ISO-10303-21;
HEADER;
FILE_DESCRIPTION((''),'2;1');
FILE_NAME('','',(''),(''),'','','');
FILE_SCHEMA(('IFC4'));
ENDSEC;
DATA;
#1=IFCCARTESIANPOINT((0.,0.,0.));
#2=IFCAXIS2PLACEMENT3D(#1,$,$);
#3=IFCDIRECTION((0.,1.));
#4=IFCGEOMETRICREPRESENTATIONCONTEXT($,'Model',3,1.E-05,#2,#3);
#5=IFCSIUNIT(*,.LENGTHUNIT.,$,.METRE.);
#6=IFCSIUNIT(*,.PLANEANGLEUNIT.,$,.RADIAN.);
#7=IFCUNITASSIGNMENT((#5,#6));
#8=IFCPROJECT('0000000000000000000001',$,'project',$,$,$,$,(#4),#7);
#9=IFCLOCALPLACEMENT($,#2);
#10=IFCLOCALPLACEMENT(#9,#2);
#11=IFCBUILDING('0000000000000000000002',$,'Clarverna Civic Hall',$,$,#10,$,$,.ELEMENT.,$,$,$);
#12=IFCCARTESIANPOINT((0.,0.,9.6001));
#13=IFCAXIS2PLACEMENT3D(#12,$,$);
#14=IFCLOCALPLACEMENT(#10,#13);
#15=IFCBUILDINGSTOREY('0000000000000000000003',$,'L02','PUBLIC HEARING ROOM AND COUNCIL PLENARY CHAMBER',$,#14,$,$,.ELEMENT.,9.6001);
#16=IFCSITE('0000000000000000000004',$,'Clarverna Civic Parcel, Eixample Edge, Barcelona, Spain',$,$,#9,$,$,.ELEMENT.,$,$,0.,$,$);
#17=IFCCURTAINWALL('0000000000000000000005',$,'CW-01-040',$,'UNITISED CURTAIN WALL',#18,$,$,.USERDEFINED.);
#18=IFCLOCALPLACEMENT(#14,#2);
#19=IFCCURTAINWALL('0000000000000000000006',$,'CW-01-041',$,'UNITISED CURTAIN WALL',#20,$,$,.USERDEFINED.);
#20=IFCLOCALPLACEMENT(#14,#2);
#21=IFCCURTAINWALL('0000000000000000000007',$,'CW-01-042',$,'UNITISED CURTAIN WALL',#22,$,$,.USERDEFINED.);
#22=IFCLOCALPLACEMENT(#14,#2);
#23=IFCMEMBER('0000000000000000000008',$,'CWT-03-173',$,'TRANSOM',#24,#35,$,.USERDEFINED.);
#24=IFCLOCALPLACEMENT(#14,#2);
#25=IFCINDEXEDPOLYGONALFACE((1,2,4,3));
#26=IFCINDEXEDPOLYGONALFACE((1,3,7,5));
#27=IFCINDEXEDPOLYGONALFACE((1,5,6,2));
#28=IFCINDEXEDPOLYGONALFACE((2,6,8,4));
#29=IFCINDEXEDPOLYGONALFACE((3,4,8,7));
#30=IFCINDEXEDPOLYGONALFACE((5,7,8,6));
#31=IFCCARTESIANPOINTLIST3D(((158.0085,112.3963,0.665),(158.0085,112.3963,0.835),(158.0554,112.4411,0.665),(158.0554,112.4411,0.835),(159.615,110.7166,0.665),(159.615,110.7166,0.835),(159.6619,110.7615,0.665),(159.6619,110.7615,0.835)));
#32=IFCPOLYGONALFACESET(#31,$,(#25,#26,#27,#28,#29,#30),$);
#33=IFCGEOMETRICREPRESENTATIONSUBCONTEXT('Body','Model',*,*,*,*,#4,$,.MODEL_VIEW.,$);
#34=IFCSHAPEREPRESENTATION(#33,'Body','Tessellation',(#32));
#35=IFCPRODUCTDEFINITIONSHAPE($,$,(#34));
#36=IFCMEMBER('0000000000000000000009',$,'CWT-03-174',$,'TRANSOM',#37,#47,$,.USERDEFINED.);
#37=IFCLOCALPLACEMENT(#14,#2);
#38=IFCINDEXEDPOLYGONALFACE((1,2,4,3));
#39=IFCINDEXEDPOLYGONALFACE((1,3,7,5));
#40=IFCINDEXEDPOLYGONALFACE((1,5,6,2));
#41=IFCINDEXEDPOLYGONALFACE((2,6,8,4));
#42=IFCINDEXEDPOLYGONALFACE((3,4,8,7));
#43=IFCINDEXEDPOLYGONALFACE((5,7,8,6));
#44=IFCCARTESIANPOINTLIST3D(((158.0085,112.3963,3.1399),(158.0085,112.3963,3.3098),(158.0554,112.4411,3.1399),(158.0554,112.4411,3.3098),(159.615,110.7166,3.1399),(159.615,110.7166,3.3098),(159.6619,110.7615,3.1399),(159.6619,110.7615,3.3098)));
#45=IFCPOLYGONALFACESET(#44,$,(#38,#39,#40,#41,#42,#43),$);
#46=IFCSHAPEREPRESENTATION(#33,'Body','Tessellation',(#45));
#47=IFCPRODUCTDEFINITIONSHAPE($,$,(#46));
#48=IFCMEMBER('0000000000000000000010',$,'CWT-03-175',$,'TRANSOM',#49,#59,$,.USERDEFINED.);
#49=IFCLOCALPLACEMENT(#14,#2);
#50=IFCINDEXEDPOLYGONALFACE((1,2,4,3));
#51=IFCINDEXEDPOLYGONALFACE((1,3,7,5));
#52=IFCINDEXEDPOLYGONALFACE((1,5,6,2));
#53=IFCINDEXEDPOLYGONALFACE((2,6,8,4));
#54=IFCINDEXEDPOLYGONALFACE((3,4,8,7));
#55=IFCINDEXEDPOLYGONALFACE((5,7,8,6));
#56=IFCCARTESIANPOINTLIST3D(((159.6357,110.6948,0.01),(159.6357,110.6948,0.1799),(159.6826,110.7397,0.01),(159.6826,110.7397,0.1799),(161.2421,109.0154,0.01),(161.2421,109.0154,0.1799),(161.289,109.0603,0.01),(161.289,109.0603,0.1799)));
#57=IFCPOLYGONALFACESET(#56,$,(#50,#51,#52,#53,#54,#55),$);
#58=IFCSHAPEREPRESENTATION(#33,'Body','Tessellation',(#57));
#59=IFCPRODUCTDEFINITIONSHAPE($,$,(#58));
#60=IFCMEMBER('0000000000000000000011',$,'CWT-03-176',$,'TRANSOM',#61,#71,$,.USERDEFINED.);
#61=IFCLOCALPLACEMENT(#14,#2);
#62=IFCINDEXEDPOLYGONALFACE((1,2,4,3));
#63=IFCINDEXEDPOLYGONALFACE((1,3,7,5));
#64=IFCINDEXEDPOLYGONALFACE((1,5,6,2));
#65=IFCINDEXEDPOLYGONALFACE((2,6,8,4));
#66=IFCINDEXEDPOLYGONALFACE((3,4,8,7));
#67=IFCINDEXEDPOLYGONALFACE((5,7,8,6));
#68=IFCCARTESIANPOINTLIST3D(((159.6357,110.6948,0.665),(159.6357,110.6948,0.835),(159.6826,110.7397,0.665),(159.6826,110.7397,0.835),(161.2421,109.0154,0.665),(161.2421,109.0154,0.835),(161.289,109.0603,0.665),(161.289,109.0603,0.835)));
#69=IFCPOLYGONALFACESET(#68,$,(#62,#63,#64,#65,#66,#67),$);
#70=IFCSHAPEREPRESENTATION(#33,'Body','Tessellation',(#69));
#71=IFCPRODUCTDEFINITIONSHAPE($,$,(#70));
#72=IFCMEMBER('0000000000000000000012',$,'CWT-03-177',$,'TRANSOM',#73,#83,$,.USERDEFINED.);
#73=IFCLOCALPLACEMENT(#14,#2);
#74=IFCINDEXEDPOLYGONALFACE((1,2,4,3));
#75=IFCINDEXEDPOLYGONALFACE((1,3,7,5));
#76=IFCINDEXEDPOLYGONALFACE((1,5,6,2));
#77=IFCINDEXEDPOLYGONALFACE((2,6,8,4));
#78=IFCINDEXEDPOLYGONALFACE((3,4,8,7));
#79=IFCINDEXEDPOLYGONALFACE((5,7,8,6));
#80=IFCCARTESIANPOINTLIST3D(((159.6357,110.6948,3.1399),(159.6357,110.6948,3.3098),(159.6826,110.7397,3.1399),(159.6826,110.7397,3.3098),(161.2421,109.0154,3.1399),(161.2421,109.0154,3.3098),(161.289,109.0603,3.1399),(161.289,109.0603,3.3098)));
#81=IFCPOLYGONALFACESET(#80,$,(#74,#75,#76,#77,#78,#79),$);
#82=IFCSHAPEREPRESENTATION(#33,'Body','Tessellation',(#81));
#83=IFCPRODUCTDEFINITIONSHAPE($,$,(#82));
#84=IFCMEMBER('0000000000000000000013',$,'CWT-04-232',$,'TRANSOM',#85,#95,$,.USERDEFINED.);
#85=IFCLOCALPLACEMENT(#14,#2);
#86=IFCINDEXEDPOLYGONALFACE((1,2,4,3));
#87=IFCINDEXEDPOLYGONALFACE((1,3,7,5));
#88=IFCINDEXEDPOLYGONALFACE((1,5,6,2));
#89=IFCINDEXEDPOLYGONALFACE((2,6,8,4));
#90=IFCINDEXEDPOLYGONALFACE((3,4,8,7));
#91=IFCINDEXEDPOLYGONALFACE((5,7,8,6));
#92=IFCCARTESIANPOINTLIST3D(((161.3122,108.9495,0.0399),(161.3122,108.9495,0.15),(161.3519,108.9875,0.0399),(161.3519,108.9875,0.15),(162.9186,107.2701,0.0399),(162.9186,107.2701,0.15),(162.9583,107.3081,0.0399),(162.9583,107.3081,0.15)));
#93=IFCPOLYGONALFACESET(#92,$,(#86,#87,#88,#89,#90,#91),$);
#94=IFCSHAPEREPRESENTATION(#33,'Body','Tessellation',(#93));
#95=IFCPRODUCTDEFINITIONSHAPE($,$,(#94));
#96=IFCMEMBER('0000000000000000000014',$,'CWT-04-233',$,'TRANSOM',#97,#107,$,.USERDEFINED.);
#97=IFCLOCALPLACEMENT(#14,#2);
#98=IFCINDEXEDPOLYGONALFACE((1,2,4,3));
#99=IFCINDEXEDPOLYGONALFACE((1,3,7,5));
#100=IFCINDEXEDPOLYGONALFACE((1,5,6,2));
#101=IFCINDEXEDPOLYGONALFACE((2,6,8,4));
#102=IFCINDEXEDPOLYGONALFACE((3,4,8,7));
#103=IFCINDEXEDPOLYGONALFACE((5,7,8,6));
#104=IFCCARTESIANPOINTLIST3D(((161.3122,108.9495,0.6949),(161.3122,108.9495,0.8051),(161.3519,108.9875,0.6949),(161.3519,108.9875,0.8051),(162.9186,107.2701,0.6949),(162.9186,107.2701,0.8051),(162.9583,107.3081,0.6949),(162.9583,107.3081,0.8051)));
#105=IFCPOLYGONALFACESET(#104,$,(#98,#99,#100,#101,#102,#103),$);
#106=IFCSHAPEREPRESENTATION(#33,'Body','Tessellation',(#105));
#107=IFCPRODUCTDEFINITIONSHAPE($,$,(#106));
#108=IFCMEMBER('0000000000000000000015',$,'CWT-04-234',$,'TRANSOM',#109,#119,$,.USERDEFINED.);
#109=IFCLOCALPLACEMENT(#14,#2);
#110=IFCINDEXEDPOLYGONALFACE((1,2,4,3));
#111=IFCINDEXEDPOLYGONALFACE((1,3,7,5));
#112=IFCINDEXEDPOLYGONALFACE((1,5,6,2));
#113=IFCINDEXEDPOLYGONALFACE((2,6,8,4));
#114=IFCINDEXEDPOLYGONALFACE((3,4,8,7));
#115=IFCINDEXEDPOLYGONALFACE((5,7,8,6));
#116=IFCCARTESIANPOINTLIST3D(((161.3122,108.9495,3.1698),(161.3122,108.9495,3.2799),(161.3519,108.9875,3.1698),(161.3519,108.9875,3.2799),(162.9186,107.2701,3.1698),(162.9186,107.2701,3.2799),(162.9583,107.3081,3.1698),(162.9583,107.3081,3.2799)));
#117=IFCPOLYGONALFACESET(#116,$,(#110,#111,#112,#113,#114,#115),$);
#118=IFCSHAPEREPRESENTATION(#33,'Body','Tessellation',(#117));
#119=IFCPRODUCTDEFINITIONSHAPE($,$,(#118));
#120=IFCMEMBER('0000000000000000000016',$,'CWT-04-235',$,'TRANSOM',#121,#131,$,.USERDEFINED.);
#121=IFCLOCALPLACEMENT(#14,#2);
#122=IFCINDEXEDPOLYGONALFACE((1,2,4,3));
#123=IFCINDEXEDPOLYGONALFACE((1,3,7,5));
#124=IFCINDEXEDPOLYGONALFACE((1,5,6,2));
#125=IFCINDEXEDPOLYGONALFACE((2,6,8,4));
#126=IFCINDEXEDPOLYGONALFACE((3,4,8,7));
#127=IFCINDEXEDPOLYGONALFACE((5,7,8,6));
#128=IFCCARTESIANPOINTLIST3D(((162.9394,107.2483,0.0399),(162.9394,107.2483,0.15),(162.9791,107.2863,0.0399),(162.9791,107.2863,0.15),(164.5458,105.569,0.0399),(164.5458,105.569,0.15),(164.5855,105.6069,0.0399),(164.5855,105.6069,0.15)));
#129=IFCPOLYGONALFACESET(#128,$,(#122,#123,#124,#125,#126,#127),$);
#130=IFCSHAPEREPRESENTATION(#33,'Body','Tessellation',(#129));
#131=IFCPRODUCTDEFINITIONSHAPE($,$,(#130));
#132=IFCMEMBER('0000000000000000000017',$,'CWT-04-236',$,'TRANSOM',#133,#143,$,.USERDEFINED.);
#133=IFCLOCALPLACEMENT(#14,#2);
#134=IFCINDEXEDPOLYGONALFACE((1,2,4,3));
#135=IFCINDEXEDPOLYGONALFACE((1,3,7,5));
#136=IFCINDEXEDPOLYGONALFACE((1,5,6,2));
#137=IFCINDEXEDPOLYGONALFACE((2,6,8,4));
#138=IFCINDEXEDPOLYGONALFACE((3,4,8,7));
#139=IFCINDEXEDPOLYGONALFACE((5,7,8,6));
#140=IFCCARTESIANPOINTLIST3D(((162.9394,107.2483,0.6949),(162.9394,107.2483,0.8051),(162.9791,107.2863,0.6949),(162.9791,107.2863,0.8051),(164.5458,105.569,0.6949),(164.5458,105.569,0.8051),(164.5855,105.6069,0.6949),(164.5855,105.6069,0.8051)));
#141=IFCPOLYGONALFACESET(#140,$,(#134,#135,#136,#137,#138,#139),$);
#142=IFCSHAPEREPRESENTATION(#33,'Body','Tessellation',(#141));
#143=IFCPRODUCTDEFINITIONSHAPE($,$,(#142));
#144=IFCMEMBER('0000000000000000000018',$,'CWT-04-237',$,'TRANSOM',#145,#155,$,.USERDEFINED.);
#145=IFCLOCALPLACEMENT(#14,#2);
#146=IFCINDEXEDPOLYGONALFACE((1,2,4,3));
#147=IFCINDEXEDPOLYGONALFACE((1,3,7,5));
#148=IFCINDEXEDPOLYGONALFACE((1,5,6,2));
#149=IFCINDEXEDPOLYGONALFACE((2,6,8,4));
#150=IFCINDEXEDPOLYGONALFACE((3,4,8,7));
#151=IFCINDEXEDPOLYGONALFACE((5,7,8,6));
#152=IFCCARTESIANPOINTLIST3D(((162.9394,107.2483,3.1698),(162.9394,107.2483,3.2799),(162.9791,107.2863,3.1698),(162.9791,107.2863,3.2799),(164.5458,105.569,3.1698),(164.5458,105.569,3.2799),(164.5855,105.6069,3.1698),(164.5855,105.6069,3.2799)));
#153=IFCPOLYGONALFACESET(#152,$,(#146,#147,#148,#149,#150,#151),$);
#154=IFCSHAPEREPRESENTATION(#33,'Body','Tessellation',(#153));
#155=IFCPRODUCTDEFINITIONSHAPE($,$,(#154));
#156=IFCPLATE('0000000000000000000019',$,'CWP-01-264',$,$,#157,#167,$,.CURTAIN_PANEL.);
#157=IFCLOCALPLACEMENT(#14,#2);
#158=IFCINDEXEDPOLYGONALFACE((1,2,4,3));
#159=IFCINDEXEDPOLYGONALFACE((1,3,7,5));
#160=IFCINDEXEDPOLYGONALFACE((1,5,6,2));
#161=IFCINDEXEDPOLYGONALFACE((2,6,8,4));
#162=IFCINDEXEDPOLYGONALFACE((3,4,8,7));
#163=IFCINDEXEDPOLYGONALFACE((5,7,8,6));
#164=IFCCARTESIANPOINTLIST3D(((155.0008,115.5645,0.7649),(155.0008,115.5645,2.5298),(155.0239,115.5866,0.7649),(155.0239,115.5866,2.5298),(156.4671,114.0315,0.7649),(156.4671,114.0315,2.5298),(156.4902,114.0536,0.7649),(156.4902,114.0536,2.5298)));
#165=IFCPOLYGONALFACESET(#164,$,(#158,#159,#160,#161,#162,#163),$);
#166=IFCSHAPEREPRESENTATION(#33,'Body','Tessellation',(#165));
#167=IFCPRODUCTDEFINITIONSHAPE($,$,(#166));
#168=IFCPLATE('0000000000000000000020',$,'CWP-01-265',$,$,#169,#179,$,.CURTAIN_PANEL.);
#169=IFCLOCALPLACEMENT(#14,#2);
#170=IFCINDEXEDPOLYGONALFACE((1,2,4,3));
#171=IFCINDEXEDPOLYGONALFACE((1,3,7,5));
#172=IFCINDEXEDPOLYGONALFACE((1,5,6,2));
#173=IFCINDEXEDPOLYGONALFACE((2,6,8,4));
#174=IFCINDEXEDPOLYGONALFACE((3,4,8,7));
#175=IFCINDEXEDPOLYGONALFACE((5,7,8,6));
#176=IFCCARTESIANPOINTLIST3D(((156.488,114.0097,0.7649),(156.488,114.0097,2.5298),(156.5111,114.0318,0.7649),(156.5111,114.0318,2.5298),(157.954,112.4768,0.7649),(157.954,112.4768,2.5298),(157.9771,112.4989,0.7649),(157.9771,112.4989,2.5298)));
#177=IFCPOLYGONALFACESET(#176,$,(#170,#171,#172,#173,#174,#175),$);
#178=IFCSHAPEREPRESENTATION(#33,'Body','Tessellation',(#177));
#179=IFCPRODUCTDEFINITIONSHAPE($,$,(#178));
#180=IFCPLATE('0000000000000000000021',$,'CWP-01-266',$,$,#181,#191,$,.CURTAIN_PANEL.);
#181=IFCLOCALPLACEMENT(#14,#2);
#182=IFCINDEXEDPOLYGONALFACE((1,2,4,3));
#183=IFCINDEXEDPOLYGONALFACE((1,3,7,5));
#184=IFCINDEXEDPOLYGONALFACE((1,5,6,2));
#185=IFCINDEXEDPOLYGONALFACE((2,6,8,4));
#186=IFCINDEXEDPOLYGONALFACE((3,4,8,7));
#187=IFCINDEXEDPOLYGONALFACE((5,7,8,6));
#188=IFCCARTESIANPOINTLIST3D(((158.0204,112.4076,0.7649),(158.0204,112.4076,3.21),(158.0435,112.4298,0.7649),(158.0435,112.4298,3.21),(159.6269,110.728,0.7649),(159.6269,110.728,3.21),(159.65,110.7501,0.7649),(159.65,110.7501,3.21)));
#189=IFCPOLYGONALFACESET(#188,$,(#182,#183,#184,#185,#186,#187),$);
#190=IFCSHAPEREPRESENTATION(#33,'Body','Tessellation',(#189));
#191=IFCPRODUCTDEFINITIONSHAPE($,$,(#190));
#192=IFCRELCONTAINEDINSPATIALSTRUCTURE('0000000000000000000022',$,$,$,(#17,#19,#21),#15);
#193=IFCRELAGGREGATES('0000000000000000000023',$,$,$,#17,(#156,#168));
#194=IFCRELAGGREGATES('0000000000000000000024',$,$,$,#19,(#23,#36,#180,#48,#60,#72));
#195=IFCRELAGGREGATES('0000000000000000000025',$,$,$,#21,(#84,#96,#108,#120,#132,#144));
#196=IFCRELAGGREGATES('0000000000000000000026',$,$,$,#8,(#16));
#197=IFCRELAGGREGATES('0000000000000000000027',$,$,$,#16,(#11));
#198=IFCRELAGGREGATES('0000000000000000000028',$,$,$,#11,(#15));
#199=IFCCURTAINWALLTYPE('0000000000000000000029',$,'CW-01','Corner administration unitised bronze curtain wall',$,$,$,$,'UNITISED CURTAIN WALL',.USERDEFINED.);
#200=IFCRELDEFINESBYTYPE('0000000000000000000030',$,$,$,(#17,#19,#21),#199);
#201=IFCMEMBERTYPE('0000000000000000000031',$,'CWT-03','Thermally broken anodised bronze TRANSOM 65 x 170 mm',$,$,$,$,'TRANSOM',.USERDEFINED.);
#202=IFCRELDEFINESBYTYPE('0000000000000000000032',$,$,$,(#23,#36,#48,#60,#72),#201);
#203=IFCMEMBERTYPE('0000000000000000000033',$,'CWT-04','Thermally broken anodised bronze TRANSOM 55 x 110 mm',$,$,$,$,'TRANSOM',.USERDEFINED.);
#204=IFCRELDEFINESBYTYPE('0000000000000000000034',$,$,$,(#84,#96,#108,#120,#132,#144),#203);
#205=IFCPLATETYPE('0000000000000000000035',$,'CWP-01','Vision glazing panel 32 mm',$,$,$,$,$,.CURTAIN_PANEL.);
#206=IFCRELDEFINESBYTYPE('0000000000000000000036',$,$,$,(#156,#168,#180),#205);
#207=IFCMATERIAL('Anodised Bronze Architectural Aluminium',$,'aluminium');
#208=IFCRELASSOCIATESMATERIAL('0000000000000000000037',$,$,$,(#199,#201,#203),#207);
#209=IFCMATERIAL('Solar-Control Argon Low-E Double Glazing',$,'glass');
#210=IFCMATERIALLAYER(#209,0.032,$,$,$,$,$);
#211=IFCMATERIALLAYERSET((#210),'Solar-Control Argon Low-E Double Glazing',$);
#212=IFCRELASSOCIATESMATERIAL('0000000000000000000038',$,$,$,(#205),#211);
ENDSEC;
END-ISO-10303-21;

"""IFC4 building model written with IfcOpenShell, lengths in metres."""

from ifc_helpers import new_model, si_unit, direction, frame, frame_2d, origin, origin_2d, place, context, subcontext, project, spatial, rectangle, extrude, material, layer, layer_set, material_profile, profile_set, type_object, element, aggregate, save


model = new_model("IFC4")

# Units and contexts
model_context = context("Model", 3, precision=1e-05, world=origin(), true_north=direction((0.0, 1.0)))
body_context = subcontext(model_context, "Body", "Model", "MODEL_VIEW")
ifc_project = project(units=[si_unit("LENGTHUNIT", "METRE"), si_unit("PLANEANGLEUNIT", "RADIAN")], contexts=[model_context])

# Site, building, storey
site_placement = place(None, origin())
site = spatial("IfcSite", under=ifc_project, at=site_placement, Name="Clarverna Civic Parcel, Eixample Edge, Barcelona, Spain", CompositionType="ELEMENT", RefElevation=0.0)
building_placement = place(site_placement, origin())
building = spatial("IfcBuilding", under=site, at=building_placement, Name="Clarverna Civic Hall", CompositionType="ELEMENT")
storey_placement = place(building_placement, frame((0.0, 0.0, 9.6001)))
storey = spatial("IfcBuildingStorey", under=building, at=storey_placement, Name="L02", Description="PUBLIC HEARING ROOM AND COUNCIL PLENARY CHAMBER", CompositionType="ELEMENT", Elevation=9.6001)

# Shared definitions
ifc_material_1 = material(Name="Anodised Bronze Architectural Aluminium", Category="aluminium")
curtain_wall_type = type_object("IfcCurtainWallType", Name="CW-01", Description="Corner administration unitised bronze curtain wall", ElementType="UNITISED CURTAIN WALL", PredefinedType="USERDEFINED", material=ifc_material_1)

# Curtain walls
curtain_wall_1_placement = place(storey_placement, origin())
curtain_wall_1 = element("IfcCurtainWall", 1, at=curtain_wall_1_placement, inside=storey, type_object=curtain_wall_type, Name="CW-01-040", ObjectType="UNITISED CURTAIN WALL", PredefinedType="USERDEFINED")
curtain_wall_2_placement = place(storey_placement, origin())
curtain_wall_2 = element("IfcCurtainWall", 2, at=curtain_wall_2_placement, inside=storey, type_object=curtain_wall_type, Name="CW-01-041", ObjectType="UNITISED CURTAIN WALL", PredefinedType="USERDEFINED")
curtain_wall_3_placement = place(storey_placement, origin())
curtain_wall_3 = element("IfcCurtainWall", 3, at=curtain_wall_3_placement, inside=storey, type_object=curtain_wall_type, Name="CW-01-042", ObjectType="UNITISED CURTAIN WALL", PredefinedType="USERDEFINED")

# Members
ifc_material_profile_1 = material_profile(ifc_material_1, rectangle(XDim=0.0649, YDim=0.1699, at=origin_2d()), Name="BRONZE 65x170")
ifc_profile_set_1 = profile_set([ifc_material_profile_1], Name="Anodised Bronze Architectural Aluminium")
member_type_1 = type_object("IfcMemberType", Name="CWT-03", Description="Thermally broken anodised bronze TRANSOM 65 x 170 mm", ElementType="TRANSOM", PredefinedType="USERDEFINED", material=ifc_profile_set_1)
member_1_placement = place(storey_placement, frame((158.032, 112.4187, 0.75), z_axis=(0.691175, -0.722687, 0.0), x_axis=(0.722687, 0.691175, 0.0)))
member_1 = element("IfcMember", 4, at=member_1_placement, type_object=member_type_1, Name="CWT-03-173", ObjectType="TRANSOM", PredefinedType="USERDEFINED", context=body_context, shape_type="SweptSolid", body=[
    extrude(rectangle(XDim=0.0649, YDim=0.1699, at=origin_2d()), origin(), (0.0, 0.0, 1.0), 2.3242),
])
member_2_placement = place(storey_placement, frame((158.032, 112.4187, 3.2249), z_axis=(0.691175, -0.722687, 0.0), x_axis=(0.722687, 0.691175, 0.0)))
member_2 = element("IfcMember", 5, at=member_2_placement, type_object=member_type_1, Name="CWT-03-174", ObjectType="TRANSOM", PredefinedType="USERDEFINED", context=body_context, shape_type="SweptSolid", body=[
    extrude(rectangle(XDim=0.0649, YDim=0.1699, at=origin_2d()), origin(), (0.0, 0.0, 1.0), 2.3242),
])
member_3_placement = place(storey_placement, frame((159.6592, 110.7173, 0.095), z_axis=(0.691227, -0.722637, 0.0), x_axis=(0.722637, 0.691227, 0.0)))
member_3 = element("IfcMember", 6, at=member_3_placement, type_object=member_type_1, Name="CWT-03-175", ObjectType="TRANSOM", PredefinedType="USERDEFINED", context=body_context, shape_type="SweptSolid", body=[
    extrude(rectangle(XDim=0.0649, YDim=0.1699, at=origin_2d()), origin(), (0.0, 0.0, 1.0), 2.324),
])
member_4_placement = place(storey_placement, frame((159.6592, 110.7173, 0.75), z_axis=(0.691227, -0.722637, 0.0), x_axis=(0.722637, 0.691227, 0.0)))
member_4 = element("IfcMember", 7, at=member_4_placement, type_object=member_type_1, Name="CWT-03-176", ObjectType="TRANSOM", PredefinedType="USERDEFINED", context=body_context, shape_type="SweptSolid", body=[
    extrude(rectangle(XDim=0.0649, YDim=0.1699, at=origin_2d()), origin(), (0.0, 0.0, 1.0), 2.324),
])
member_5_placement = place(storey_placement, frame((159.6592, 110.7173, 3.2249), z_axis=(0.691227, -0.722637, 0.0), x_axis=(0.722637, 0.691227, 0.0)))
member_5 = element("IfcMember", 8, at=member_5_placement, type_object=member_type_1, Name="CWT-03-177", ObjectType="TRANSOM", PredefinedType="USERDEFINED", context=body_context, shape_type="SweptSolid", body=[
    extrude(rectangle(XDim=0.0649, YDim=0.1699, at=origin_2d()), origin(), (0.0, 0.0, 1.0), 2.324),
])
ifc_material_profile_2 = material_profile(ifc_material_1, rectangle(XDim=0.0549, YDim=0.1101, at=origin_2d()), Name="BRONZE 55x110")
ifc_profile_set_2 = profile_set([ifc_material_profile_2], Name="Anodised Bronze Architectural Aluminium")
member_type_2 = type_object("IfcMemberType", Name="CWT-04", Description="Thermally broken anodised bronze TRANSOM 55 x 110 mm", ElementType="TRANSOM", PredefinedType="USERDEFINED", material=ifc_profile_set_2)
member_6_placement = place(storey_placement, frame((161.332, 108.9685, 0.095), z_axis=(0.691227, -0.722637, 0.0), x_axis=(0.722637, 0.691227, 0.0)))
member_6 = element("IfcMember", 9, at=member_6_placement, type_object=member_type_2, Name="CWT-04-232", ObjectType="TRANSOM", PredefinedType="USERDEFINED", context=body_context, shape_type="SweptSolid", body=[
    extrude(rectangle(XDim=0.0549, YDim=0.1101, at=origin_2d()), origin(), (0.0, 0.0, 1.0), 2.324),
])
member_7_placement = place(storey_placement, frame((161.332, 108.9685, 0.75), z_axis=(0.691227, -0.722637, 0.0), x_axis=(0.722637, 0.691227, 0.0)))
member_7 = element("IfcMember", 10, at=member_7_placement, type_object=member_type_2, Name="CWT-04-233", ObjectType="TRANSOM", PredefinedType="USERDEFINED", context=body_context, shape_type="SweptSolid", body=[
    extrude(rectangle(XDim=0.0549, YDim=0.1101, at=origin_2d()), origin(), (0.0, 0.0, 1.0), 2.324),
])
member_8_placement = place(storey_placement, frame((161.332, 108.9685, 3.2249), z_axis=(0.691227, -0.722637, 0.0), x_axis=(0.722637, 0.691227, 0.0)))
member_8 = element("IfcMember", 11, at=member_8_placement, type_object=member_type_2, Name="CWT-04-234", ObjectType="TRANSOM", PredefinedType="USERDEFINED", context=body_context, shape_type="SweptSolid", body=[
    extrude(rectangle(XDim=0.0549, YDim=0.1101, at=origin_2d()), origin(), (0.0, 0.0, 1.0), 2.324),
])
member_9_placement = place(storey_placement, frame((162.9592, 107.2673, 0.095), z_axis=(0.691227, -0.722637, 0.0), x_axis=(0.722637, 0.691227, 0.0)))
member_9 = element("IfcMember", 12, at=member_9_placement, type_object=member_type_2, Name="CWT-04-235", ObjectType="TRANSOM", PredefinedType="USERDEFINED", context=body_context, shape_type="SweptSolid", body=[
    extrude(rectangle(XDim=0.0549, YDim=0.1101, at=origin_2d()), origin(), (0.0, 0.0, 1.0), 2.324),
])
member_10_placement = place(storey_placement, frame((162.9592, 107.2673, 0.75), z_axis=(0.691227, -0.722637, 0.0), x_axis=(0.722637, 0.691227, 0.0)))
member_10 = element("IfcMember", 13, at=member_10_placement, type_object=member_type_2, Name="CWT-04-236", ObjectType="TRANSOM", PredefinedType="USERDEFINED", context=body_context, shape_type="SweptSolid", body=[
    extrude(rectangle(XDim=0.0549, YDim=0.1101, at=origin_2d()), origin(), (0.0, 0.0, 1.0), 2.324),
])
member_11_placement = place(storey_placement, frame((162.9592, 107.2673, 3.2249), z_axis=(0.691227, -0.722637, 0.0), x_axis=(0.722637, 0.691227, 0.0)))
member_11 = element("IfcMember", 14, at=member_11_placement, type_object=member_type_2, Name="CWT-04-237", ObjectType="TRANSOM", PredefinedType="USERDEFINED", context=body_context, shape_type="SweptSolid", body=[
    extrude(rectangle(XDim=0.0549, YDim=0.1101, at=origin_2d()), origin(), (0.0, 0.0, 1.0), 2.324),
])

# Plates
ifc_material_2 = material(Name="Solar-Control Argon Low-E Double Glazing", Category="glass")
ifc_layer_1 = layer(ifc_material_2, 0.032)
ifc_layer_set_1 = layer_set([ifc_layer_1], Name="Solar-Control Argon Low-E Double Glazing")
plate_type_1 = type_object("IfcPlateType", Name="CWP-01", Description="Vision glazing panel 32 mm", PredefinedType="CURTAIN_PANEL", material=ifc_layer_set_1)
plate_1_placement = place(storey_placement, frame((155.0125, 115.5754, 0.7649), z_axis=(0.0, 0.0, 1.0), x_axis=(0.691223, -0.722642, 0.0)))
plate_1 = element("IfcPlate", 15, at=plate_1_placement, type_object=plate_type_1, Name="CWP-01-264", PredefinedType="CURTAIN_PANEL", context=body_context, shape_type="SweptSolid", body=[
    extrude(rectangle(XDim=2.1213, YDim=0.032, at=frame_2d((1.0605, 0.0))), origin(), (0.0, 0.0, 1.0), 1.7649),
])
plate_2_placement = place(storey_placement, frame((156.4995, 114.0208, 0.7649), z_axis=(0.0, 0.0, 1.0), x_axis=(0.691163, -0.722699, 0.0)))
plate_2 = element("IfcPlate", 16, at=plate_2_placement, type_object=plate_type_1, Name="CWP-01-265", PredefinedType="CURTAIN_PANEL", context=body_context, shape_type="SweptSolid", body=[
    extrude(rectangle(XDim=2.1211, YDim=0.032, at=frame_2d((1.0605, 0.0))), origin(), (0.0, 0.0, 1.0), 1.7649),
])
plate_3_placement = place(storey_placement, frame((158.032, 112.4187, 0.7649), z_axis=(0.0, 0.0, 1.0), x_axis=(0.691175, -0.722687, 0.0)))
plate_3 = element("IfcPlate", 17, at=plate_3_placement, type_object=plate_type_1, Name="CWP-01-266", PredefinedType="CURTAIN_PANEL", context=body_context, shape_type="SweptSolid", body=[
    extrude(rectangle(XDim=2.3242, YDim=0.032, at=frame_2d((1.1621, 0.0))), origin(), (0.0, 0.0, 1.0), 2.4451),
])
aggregate(curtain_wall_1, [plate_1, plate_2])
aggregate(curtain_wall_2, [member_1, member_2, plate_3, member_3, member_4, member_5])
aggregate(curtain_wall_3, [member_6, member_7, member_8, member_9, member_10, member_11])

save(model, "model.ifc")
